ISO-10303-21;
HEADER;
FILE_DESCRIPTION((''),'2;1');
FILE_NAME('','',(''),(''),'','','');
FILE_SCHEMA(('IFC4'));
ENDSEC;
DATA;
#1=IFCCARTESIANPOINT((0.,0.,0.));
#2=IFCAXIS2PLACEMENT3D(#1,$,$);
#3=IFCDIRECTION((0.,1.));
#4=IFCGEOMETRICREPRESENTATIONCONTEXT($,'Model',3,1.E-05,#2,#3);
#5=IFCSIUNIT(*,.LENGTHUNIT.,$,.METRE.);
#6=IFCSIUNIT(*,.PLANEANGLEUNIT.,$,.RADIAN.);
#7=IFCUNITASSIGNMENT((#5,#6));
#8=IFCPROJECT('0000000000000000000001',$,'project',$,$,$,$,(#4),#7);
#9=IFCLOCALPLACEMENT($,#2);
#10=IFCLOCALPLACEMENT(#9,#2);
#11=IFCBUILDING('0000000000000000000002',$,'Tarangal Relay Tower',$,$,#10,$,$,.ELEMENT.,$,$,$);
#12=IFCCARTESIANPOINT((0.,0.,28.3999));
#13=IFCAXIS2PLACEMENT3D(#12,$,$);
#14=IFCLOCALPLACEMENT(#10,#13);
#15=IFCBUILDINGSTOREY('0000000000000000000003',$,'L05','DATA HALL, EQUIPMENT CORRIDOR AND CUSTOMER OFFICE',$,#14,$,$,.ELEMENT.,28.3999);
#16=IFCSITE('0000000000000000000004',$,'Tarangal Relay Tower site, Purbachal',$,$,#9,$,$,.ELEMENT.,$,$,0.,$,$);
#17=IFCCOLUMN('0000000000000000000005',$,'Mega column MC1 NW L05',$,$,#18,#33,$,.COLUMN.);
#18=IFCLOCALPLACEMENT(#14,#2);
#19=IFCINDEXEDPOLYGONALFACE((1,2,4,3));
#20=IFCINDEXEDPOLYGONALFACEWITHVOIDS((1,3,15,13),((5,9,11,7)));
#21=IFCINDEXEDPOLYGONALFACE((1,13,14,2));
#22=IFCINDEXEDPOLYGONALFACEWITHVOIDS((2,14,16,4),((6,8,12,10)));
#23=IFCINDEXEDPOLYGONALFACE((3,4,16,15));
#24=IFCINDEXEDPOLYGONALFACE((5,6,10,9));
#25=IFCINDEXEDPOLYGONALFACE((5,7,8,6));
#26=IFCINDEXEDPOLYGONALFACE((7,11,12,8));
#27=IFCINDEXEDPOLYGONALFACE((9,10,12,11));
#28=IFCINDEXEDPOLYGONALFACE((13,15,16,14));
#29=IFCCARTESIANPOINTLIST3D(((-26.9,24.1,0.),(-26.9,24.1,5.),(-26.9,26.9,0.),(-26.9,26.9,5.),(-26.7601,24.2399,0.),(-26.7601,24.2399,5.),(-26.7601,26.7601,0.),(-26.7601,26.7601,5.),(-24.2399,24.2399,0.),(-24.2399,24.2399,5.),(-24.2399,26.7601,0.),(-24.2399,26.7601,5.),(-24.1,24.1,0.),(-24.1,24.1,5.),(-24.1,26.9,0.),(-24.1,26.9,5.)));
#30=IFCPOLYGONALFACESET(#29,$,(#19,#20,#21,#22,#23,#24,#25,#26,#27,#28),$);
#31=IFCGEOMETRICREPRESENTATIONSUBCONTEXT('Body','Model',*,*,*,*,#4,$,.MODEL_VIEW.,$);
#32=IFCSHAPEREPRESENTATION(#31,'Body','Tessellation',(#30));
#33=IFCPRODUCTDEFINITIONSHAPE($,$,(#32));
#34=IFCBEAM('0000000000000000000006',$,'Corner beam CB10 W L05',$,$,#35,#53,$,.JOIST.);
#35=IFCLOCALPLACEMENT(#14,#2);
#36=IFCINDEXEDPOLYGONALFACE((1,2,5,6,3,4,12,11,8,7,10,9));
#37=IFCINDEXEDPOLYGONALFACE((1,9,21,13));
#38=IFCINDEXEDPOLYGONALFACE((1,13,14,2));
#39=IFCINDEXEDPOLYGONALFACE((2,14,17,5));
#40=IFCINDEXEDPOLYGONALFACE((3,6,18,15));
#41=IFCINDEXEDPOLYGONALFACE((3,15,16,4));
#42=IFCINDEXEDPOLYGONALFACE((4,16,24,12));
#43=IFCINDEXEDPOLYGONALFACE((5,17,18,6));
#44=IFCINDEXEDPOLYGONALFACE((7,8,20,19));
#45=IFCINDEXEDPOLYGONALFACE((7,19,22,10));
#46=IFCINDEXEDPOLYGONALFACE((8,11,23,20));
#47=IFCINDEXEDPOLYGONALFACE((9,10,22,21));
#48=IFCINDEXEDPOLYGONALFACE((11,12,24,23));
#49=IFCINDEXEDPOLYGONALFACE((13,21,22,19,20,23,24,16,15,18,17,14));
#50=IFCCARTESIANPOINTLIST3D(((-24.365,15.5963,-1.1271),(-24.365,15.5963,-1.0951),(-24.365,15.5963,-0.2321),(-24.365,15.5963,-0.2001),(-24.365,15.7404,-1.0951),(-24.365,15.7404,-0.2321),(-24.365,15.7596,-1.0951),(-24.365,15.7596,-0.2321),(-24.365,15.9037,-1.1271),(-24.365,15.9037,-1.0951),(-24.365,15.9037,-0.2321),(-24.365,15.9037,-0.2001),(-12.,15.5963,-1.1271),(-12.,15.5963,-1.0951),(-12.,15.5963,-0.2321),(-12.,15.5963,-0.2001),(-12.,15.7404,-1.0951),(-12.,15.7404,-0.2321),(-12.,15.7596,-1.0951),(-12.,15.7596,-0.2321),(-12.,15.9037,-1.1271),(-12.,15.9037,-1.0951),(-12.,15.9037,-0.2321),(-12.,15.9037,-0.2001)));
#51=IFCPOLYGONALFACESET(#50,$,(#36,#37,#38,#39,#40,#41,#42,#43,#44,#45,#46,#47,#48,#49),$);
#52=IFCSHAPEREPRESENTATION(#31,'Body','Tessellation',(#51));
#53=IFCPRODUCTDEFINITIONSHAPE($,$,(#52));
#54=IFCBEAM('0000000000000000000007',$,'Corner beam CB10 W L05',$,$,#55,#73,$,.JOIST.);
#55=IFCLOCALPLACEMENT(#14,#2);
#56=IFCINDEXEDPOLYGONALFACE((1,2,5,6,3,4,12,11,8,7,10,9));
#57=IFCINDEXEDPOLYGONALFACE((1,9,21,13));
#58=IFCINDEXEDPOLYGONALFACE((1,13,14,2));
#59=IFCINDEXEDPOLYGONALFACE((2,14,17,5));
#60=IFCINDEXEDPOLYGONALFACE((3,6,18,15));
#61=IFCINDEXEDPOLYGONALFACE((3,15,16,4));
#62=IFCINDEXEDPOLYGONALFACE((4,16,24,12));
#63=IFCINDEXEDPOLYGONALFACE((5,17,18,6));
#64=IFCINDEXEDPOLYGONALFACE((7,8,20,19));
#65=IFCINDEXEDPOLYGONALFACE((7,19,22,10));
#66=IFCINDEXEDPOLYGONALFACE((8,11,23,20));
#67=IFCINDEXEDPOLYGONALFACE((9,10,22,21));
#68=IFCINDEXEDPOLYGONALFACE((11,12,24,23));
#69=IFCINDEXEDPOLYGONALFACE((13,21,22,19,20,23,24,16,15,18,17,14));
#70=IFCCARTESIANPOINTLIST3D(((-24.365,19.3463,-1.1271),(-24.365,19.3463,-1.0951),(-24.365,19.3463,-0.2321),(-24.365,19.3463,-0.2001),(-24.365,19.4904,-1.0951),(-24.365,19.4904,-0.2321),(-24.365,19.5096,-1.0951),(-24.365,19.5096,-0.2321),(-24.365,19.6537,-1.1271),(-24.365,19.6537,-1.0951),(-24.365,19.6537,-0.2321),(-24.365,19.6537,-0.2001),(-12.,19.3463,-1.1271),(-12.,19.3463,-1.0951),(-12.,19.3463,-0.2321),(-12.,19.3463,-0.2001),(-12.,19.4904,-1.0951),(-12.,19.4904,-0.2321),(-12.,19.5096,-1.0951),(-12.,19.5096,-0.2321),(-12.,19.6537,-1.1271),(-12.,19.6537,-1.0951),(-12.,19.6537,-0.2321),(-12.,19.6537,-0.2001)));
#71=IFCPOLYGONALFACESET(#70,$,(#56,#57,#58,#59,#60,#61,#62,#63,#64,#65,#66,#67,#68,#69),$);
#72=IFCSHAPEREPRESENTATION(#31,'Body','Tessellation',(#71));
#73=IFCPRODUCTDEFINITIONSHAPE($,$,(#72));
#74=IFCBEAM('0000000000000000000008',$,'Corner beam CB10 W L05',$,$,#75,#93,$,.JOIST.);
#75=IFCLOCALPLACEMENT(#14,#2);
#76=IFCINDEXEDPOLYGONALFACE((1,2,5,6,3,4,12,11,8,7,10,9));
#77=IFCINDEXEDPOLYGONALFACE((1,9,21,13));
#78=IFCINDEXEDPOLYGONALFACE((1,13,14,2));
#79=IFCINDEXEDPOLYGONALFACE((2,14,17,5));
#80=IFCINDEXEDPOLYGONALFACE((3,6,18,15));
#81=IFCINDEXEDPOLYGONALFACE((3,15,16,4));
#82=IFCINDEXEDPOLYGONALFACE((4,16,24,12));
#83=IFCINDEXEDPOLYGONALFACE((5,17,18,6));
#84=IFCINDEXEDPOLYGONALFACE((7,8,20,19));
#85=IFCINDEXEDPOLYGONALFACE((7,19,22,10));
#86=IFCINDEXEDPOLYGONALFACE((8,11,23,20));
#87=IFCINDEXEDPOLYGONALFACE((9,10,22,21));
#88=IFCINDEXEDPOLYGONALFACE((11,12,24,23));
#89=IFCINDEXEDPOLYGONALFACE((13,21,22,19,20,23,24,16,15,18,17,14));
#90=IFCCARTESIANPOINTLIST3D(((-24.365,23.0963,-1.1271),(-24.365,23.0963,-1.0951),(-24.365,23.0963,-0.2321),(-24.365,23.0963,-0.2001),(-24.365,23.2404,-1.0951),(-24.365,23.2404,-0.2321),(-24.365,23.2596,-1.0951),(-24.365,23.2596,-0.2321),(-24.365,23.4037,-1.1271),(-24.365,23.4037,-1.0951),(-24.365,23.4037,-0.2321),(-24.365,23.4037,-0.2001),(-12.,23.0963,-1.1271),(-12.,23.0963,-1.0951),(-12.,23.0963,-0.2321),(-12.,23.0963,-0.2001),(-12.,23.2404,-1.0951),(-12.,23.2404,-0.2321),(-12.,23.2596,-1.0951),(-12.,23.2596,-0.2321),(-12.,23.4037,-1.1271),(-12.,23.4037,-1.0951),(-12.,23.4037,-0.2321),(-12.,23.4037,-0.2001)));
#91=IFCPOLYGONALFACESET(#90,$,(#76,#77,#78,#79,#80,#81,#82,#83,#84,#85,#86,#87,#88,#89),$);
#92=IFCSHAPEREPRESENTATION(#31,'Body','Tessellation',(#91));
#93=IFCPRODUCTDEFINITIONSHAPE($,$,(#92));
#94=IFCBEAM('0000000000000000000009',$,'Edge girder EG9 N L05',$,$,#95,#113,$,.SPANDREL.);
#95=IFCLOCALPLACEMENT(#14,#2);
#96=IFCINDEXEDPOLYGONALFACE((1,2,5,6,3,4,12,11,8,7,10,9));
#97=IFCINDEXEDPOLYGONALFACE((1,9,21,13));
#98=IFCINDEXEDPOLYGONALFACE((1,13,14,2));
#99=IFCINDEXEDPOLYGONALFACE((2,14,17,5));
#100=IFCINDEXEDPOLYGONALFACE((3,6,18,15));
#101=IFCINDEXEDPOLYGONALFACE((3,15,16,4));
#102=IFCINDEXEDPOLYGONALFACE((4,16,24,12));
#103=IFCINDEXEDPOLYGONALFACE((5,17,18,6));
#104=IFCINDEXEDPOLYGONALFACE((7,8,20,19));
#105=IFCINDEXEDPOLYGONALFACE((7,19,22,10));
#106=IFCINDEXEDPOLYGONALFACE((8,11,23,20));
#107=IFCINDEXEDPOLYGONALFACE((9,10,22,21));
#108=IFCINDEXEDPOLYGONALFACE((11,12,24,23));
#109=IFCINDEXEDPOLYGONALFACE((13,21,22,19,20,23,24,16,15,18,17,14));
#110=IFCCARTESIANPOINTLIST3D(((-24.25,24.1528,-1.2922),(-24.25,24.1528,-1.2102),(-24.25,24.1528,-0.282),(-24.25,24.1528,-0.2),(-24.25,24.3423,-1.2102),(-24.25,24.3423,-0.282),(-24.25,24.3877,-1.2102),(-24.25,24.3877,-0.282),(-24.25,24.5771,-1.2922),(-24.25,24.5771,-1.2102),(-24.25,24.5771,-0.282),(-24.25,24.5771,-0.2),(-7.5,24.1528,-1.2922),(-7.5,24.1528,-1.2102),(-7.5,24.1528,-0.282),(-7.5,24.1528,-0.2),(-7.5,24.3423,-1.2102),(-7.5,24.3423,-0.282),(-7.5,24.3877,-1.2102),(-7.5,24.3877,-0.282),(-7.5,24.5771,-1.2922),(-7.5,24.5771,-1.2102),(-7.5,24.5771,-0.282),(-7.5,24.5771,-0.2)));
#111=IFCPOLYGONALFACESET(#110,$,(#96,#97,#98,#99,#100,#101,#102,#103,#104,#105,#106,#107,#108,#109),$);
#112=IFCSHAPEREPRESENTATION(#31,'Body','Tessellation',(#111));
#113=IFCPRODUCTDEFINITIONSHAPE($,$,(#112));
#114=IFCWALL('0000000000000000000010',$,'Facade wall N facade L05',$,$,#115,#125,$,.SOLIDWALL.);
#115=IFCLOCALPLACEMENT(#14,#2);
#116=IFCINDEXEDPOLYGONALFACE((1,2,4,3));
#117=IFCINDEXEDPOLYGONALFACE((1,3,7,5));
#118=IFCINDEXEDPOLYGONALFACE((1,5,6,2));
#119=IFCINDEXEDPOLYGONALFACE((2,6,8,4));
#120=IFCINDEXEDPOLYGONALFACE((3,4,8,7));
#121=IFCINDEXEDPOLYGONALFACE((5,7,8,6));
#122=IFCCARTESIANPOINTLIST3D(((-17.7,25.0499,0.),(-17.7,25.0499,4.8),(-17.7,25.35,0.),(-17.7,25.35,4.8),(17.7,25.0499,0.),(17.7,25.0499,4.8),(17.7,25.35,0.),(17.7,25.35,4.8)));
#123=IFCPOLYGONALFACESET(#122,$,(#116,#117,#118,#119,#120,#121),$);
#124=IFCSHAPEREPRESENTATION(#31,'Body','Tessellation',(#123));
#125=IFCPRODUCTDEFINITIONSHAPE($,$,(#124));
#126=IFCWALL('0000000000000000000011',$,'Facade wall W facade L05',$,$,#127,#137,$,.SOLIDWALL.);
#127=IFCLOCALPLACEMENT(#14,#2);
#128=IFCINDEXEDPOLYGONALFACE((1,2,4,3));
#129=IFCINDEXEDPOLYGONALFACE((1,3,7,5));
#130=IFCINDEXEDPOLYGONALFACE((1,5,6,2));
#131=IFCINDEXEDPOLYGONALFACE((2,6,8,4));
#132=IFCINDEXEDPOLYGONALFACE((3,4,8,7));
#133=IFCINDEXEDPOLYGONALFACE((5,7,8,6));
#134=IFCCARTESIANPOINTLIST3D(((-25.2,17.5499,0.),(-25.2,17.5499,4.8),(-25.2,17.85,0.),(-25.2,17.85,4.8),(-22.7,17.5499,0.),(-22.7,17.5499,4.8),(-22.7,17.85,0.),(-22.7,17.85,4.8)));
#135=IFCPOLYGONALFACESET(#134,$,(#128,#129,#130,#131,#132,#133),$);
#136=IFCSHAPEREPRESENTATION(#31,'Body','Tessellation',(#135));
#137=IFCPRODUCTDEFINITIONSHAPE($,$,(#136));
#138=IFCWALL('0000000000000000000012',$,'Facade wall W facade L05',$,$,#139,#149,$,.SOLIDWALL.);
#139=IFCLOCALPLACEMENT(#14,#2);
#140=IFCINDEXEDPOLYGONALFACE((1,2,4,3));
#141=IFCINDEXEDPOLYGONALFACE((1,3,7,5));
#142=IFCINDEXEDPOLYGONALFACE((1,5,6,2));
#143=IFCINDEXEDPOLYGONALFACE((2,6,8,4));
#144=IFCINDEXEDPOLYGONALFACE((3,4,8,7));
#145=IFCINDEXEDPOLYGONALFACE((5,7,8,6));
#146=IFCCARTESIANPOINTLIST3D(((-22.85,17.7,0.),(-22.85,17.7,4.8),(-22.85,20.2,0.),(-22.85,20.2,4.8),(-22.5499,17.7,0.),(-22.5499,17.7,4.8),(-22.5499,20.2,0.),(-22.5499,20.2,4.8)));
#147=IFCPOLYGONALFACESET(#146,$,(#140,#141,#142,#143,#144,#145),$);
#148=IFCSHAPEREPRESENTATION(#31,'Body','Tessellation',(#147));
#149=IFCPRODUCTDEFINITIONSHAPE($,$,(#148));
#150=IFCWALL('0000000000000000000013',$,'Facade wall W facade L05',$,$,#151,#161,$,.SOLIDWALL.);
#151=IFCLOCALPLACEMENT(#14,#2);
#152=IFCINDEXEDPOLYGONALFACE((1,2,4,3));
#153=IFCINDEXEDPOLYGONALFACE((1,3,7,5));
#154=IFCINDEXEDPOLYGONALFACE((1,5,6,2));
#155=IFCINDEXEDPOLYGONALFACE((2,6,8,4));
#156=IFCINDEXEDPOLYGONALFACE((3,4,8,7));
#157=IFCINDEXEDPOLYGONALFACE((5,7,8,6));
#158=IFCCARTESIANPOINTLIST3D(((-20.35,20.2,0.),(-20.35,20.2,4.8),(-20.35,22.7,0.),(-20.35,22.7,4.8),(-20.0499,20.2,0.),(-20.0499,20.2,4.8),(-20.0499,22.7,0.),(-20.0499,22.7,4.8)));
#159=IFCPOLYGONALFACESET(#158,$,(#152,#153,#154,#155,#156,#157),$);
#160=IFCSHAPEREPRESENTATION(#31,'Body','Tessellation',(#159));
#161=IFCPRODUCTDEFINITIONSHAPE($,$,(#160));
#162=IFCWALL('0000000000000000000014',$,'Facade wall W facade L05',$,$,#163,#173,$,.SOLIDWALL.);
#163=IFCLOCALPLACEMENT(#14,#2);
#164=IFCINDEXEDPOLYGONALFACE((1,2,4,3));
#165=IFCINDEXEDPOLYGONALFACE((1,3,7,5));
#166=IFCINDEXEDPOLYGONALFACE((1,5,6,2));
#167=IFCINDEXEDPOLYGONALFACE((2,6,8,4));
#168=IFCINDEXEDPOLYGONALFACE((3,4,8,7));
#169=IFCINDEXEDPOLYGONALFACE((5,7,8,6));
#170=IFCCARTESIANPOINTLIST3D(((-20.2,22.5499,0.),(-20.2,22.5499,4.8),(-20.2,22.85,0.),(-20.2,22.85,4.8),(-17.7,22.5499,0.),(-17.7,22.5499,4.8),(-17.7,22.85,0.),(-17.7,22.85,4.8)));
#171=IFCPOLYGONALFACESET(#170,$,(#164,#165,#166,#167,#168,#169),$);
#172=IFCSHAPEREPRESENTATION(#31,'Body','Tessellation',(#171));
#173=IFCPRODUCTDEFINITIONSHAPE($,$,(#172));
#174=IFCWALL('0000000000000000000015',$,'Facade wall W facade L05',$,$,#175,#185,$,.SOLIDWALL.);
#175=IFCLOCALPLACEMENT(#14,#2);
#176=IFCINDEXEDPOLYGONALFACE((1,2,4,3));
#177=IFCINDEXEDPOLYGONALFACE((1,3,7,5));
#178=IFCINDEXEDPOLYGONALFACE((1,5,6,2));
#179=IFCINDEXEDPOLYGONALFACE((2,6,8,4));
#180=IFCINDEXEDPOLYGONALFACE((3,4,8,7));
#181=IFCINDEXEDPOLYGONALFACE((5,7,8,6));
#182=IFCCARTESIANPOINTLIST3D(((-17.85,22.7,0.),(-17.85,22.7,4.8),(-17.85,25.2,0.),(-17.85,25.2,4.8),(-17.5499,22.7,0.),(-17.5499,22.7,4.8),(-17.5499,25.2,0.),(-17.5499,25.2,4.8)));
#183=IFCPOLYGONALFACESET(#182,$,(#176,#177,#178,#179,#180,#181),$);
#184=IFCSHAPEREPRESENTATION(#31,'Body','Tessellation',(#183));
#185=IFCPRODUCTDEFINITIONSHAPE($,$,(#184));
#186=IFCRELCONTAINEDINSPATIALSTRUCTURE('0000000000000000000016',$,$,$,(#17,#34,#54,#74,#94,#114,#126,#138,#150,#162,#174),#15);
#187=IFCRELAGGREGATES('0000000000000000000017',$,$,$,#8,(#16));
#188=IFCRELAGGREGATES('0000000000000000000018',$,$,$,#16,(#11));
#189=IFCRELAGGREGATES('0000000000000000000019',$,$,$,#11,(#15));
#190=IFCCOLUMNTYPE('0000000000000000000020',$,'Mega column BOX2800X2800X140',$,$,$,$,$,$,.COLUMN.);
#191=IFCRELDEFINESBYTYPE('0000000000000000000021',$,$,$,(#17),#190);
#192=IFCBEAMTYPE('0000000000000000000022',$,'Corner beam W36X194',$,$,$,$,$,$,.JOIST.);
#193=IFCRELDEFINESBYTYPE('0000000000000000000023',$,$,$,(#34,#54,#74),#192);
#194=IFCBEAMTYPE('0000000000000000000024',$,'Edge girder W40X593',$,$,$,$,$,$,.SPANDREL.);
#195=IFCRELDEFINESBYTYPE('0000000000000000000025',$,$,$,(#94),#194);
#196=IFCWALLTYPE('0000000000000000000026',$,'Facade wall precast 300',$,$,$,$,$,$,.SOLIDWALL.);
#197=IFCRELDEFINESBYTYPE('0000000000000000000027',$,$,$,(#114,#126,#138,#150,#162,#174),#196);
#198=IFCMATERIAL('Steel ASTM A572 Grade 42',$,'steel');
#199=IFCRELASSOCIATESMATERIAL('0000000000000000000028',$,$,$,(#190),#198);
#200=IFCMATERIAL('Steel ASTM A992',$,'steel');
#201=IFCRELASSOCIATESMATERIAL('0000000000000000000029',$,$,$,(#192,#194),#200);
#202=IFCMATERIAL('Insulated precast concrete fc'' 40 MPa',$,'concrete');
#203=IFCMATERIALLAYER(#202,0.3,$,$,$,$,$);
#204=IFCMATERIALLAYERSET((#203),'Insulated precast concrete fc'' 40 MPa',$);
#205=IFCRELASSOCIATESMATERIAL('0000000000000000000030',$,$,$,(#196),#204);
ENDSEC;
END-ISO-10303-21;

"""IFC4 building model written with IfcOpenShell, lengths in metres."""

from ifc_helpers import new_model, si_unit, direction, frame, frame_2d, origin, origin_2d, place, context, subcontext, project, spatial, rectangle, hollow_rectangle, i_section, extrude, material, layer, layer_set, material_profile, profile_set, type_object, element, save


model = new_model("IFC4")

# Units and contexts
model_context = context("Model", 3, precision=1e-05, world=origin(), true_north=direction((0.0, 1.0)))
body_context = subcontext(model_context, "Body", "Model", "MODEL_VIEW")
ifc_project = project(units=[si_unit("LENGTHUNIT", "METRE"), si_unit("PLANEANGLEUNIT", "RADIAN")], contexts=[model_context])

# Site, building, storey
site_placement = place(None, origin())
site = spatial("IfcSite", under=ifc_project, at=site_placement, Name="Tarangal Relay Tower site, Purbachal", CompositionType="ELEMENT", RefElevation=0.0)
building_placement = place(site_placement, origin())
building = spatial("IfcBuilding", under=site, at=building_placement, Name="Tarangal Relay Tower", CompositionType="ELEMENT")
storey_placement = place(building_placement, frame((0.0, 0.0, 28.3999)))
storey = spatial("IfcBuildingStorey", under=building, at=storey_placement, Name="L05", Description="DATA HALL, EQUIPMENT CORRIDOR AND CUSTOMER OFFICE", CompositionType="ELEMENT", Elevation=28.3999)

# Column
ifc_material_1 = material(Name="Steel ASTM A572 Grade 42", Category="steel")
ifc_material_profile_1 = material_profile(ifc_material_1, hollow_rectangle(XDim=2.8, YDim=2.8, WallThickness=0.1399, at=origin_2d()), Name="BOX2800X2800X140")
ifc_profile_set_1 = profile_set([ifc_material_profile_1], Name="Steel ASTM A572 Grade 42")
column_type = type_object("IfcColumnType", Name="Mega column BOX2800X2800X140", PredefinedType="COLUMN", material=ifc_profile_set_1)
column_placement = place(storey_placement, frame((-25.5, 25.5, 0.0), z_axis=(0.0, 0.0, 1.0), x_axis=(1.0, 0.0, 0.0)))
element("IfcColumn", 1, at=column_placement, inside=storey, type_object=column_type, Name="Mega column MC1 NW L05", PredefinedType="COLUMN", context=body_context, shape_type="SweptSolid", body=[
    extrude(hollow_rectangle(XDim=2.8, YDim=2.8, WallThickness=0.1399, at=origin_2d()), origin(), (0.0, 0.0, 1.0), 5.0),
])

# Beams
ifc_material_2 = material(Name="Steel ASTM A992", Category="steel")
ifc_material_profile_2 = material_profile(ifc_material_2, i_section(OverallWidth=0.3074, OverallDepth=0.927, WebThickness=0.0193, FlangeThickness=0.032, at=origin_2d()), Name="W36X194")
ifc_profile_set_2 = profile_set([ifc_material_profile_2], Name="Steel ASTM A992")
beam_type_1 = type_object("IfcBeamType", Name="Corner beam W36X194", PredefinedType="JOIST", material=ifc_profile_set_2)
for number, where, z_axis, x_axis, name in (
    (2, (-12.0, 15.75, -0.6636), (-1.0, 0.0, 0.0), (0.0, -1.0, 0.0), "Corner beam CB10 W L05"),
    (3, (-12.0, 19.5, -0.6636), (-1.0, 0.0, 0.0), (0.0, -1.0, 0.0), "Corner beam CB10 W L05"),
    (4, (-12.0, 23.25, -0.6636), (-1.0, 0.0, 0.0), (0.0, -1.0, 0.0), "Corner beam CB10 W L05"),
):
    element("IfcBeam", number, at=place(storey_placement, frame(where, z_axis=z_axis, x_axis=x_axis)), inside=storey, type_object=beam_type_1, Name=name, PredefinedType="JOIST", context=body_context, shape_type="SweptSolid", body=[
        extrude(i_section(OverallWidth=0.3074, OverallDepth=0.927, WebThickness=0.0193, FlangeThickness=0.032, at=origin_2d()), origin(), (0.0, 0.0, 1.0), 12.365),
    ])
ifc_material_profile_3 = material_profile(ifc_material_2, i_section(OverallWidth=0.4243, OverallDepth=1.0923, WebThickness=0.0454, FlangeThickness=0.082, at=origin_2d()), Name="W40X593")
ifc_profile_set_3 = profile_set([ifc_material_profile_3], Name="Steel ASTM A992")
beam_type_2 = type_object("IfcBeamType", Name="Edge girder W40X593", PredefinedType="SPANDREL", material=ifc_profile_set_3)
beam_placement = place(storey_placement, frame((-24.25, 24.365, -0.7461), z_axis=(1.0, 0.0, 0.0), x_axis=(0.0, 1.0, 0.0)))
element("IfcBeam", 5, at=beam_placement, inside=storey, type_object=beam_type_2, Name="Edge girder EG9 N L05", PredefinedType="SPANDREL", context=body_context, shape_type="SweptSolid", body=[
    extrude(i_section(OverallWidth=0.4243, OverallDepth=1.0923, WebThickness=0.0454, FlangeThickness=0.082, at=origin_2d()), origin(), (0.0, 0.0, 1.0), 16.75),
])

# Walls
ifc_material_3 = material(Name="Insulated precast concrete fc' 40 MPa", Category="concrete")
ifc_layer_1 = layer(ifc_material_3, 0.3)
ifc_layer_set_1 = layer_set([ifc_layer_1], Name="Insulated precast concrete fc' 40 MPa")
wall_type_1 = type_object("IfcWallType", Name="Facade wall precast 300", PredefinedType="SOLIDWALL", material=ifc_layer_set_1)
wall_1_placement = place(storey_placement, frame((-17.7, 25.2, 0.0), z_axis=(0.0, 0.0, 1.0), x_axis=(1.0, 0.0, 0.0)))
element("IfcWall", 6, at=wall_1_placement, inside=storey, type_object=wall_type_1, Name="Facade wall N facade L05", PredefinedType="SOLIDWALL", context=body_context, shape_type="SweptSolid", body=[
    extrude(rectangle(XDim=35.3999, YDim=0.3, at=frame_2d((17.7, 0.0))), origin(), (0.0, 0.0, 1.0), 4.8),
])
for number, where, z_axis, x_axis, name in (
    (7, (-25.2, 17.7, 0.0), (0.0, 0.0, 1.0), (1.0, 0.0, 0.0), "Facade wall W facade L05"),
    (8, (-22.7, 17.7, 0.0), (0.0, 0.0, 1.0), (0.0, 1.0, 0.0), "Facade wall W facade L05"),
):
    element("IfcWall", number, at=place(storey_placement, frame(where, z_axis=z_axis, x_axis=x_axis)), inside=storey, type_object=wall_type_1, Name=name, PredefinedType="SOLIDWALL", context=body_context, shape_type="SweptSolid", body=[
        extrude(rectangle(XDim=2.5, YDim=0.3, at=frame_2d((1.25, 0.0))), origin(), (0.0, 0.0, 1.0), 4.8),
    ])

# Walls
for number, where, z_axis, x_axis, name in (
    (9, (-20.2, 20.2, 0.0), (0.0, 0.0, 1.0), (0.0, 1.0, 0.0), "Facade wall W facade L05"),
    (10, (-20.2, 22.7, 0.0), (0.0, 0.0, 1.0), (1.0, 0.0, 0.0), "Facade wall W facade L05"),
    (11, (-17.7, 22.7, 0.0), (0.0, 0.0, 1.0), (0.0, 1.0, 0.0), "Facade wall W facade L05"),
):
    element("IfcWall", number, at=place(storey_placement, frame(where, z_axis=z_axis, x_axis=x_axis)), inside=storey, type_object=wall_type_1, Name=name, PredefinedType="SOLIDWALL", context=body_context, shape_type="SweptSolid", body=[
        extrude(rectangle(XDim=2.5, YDim=0.3, at=frame_2d((1.25, 0.0))), origin(), (0.0, 0.0, 1.0), 4.8),
    ])

save(model, "model.ifc")
